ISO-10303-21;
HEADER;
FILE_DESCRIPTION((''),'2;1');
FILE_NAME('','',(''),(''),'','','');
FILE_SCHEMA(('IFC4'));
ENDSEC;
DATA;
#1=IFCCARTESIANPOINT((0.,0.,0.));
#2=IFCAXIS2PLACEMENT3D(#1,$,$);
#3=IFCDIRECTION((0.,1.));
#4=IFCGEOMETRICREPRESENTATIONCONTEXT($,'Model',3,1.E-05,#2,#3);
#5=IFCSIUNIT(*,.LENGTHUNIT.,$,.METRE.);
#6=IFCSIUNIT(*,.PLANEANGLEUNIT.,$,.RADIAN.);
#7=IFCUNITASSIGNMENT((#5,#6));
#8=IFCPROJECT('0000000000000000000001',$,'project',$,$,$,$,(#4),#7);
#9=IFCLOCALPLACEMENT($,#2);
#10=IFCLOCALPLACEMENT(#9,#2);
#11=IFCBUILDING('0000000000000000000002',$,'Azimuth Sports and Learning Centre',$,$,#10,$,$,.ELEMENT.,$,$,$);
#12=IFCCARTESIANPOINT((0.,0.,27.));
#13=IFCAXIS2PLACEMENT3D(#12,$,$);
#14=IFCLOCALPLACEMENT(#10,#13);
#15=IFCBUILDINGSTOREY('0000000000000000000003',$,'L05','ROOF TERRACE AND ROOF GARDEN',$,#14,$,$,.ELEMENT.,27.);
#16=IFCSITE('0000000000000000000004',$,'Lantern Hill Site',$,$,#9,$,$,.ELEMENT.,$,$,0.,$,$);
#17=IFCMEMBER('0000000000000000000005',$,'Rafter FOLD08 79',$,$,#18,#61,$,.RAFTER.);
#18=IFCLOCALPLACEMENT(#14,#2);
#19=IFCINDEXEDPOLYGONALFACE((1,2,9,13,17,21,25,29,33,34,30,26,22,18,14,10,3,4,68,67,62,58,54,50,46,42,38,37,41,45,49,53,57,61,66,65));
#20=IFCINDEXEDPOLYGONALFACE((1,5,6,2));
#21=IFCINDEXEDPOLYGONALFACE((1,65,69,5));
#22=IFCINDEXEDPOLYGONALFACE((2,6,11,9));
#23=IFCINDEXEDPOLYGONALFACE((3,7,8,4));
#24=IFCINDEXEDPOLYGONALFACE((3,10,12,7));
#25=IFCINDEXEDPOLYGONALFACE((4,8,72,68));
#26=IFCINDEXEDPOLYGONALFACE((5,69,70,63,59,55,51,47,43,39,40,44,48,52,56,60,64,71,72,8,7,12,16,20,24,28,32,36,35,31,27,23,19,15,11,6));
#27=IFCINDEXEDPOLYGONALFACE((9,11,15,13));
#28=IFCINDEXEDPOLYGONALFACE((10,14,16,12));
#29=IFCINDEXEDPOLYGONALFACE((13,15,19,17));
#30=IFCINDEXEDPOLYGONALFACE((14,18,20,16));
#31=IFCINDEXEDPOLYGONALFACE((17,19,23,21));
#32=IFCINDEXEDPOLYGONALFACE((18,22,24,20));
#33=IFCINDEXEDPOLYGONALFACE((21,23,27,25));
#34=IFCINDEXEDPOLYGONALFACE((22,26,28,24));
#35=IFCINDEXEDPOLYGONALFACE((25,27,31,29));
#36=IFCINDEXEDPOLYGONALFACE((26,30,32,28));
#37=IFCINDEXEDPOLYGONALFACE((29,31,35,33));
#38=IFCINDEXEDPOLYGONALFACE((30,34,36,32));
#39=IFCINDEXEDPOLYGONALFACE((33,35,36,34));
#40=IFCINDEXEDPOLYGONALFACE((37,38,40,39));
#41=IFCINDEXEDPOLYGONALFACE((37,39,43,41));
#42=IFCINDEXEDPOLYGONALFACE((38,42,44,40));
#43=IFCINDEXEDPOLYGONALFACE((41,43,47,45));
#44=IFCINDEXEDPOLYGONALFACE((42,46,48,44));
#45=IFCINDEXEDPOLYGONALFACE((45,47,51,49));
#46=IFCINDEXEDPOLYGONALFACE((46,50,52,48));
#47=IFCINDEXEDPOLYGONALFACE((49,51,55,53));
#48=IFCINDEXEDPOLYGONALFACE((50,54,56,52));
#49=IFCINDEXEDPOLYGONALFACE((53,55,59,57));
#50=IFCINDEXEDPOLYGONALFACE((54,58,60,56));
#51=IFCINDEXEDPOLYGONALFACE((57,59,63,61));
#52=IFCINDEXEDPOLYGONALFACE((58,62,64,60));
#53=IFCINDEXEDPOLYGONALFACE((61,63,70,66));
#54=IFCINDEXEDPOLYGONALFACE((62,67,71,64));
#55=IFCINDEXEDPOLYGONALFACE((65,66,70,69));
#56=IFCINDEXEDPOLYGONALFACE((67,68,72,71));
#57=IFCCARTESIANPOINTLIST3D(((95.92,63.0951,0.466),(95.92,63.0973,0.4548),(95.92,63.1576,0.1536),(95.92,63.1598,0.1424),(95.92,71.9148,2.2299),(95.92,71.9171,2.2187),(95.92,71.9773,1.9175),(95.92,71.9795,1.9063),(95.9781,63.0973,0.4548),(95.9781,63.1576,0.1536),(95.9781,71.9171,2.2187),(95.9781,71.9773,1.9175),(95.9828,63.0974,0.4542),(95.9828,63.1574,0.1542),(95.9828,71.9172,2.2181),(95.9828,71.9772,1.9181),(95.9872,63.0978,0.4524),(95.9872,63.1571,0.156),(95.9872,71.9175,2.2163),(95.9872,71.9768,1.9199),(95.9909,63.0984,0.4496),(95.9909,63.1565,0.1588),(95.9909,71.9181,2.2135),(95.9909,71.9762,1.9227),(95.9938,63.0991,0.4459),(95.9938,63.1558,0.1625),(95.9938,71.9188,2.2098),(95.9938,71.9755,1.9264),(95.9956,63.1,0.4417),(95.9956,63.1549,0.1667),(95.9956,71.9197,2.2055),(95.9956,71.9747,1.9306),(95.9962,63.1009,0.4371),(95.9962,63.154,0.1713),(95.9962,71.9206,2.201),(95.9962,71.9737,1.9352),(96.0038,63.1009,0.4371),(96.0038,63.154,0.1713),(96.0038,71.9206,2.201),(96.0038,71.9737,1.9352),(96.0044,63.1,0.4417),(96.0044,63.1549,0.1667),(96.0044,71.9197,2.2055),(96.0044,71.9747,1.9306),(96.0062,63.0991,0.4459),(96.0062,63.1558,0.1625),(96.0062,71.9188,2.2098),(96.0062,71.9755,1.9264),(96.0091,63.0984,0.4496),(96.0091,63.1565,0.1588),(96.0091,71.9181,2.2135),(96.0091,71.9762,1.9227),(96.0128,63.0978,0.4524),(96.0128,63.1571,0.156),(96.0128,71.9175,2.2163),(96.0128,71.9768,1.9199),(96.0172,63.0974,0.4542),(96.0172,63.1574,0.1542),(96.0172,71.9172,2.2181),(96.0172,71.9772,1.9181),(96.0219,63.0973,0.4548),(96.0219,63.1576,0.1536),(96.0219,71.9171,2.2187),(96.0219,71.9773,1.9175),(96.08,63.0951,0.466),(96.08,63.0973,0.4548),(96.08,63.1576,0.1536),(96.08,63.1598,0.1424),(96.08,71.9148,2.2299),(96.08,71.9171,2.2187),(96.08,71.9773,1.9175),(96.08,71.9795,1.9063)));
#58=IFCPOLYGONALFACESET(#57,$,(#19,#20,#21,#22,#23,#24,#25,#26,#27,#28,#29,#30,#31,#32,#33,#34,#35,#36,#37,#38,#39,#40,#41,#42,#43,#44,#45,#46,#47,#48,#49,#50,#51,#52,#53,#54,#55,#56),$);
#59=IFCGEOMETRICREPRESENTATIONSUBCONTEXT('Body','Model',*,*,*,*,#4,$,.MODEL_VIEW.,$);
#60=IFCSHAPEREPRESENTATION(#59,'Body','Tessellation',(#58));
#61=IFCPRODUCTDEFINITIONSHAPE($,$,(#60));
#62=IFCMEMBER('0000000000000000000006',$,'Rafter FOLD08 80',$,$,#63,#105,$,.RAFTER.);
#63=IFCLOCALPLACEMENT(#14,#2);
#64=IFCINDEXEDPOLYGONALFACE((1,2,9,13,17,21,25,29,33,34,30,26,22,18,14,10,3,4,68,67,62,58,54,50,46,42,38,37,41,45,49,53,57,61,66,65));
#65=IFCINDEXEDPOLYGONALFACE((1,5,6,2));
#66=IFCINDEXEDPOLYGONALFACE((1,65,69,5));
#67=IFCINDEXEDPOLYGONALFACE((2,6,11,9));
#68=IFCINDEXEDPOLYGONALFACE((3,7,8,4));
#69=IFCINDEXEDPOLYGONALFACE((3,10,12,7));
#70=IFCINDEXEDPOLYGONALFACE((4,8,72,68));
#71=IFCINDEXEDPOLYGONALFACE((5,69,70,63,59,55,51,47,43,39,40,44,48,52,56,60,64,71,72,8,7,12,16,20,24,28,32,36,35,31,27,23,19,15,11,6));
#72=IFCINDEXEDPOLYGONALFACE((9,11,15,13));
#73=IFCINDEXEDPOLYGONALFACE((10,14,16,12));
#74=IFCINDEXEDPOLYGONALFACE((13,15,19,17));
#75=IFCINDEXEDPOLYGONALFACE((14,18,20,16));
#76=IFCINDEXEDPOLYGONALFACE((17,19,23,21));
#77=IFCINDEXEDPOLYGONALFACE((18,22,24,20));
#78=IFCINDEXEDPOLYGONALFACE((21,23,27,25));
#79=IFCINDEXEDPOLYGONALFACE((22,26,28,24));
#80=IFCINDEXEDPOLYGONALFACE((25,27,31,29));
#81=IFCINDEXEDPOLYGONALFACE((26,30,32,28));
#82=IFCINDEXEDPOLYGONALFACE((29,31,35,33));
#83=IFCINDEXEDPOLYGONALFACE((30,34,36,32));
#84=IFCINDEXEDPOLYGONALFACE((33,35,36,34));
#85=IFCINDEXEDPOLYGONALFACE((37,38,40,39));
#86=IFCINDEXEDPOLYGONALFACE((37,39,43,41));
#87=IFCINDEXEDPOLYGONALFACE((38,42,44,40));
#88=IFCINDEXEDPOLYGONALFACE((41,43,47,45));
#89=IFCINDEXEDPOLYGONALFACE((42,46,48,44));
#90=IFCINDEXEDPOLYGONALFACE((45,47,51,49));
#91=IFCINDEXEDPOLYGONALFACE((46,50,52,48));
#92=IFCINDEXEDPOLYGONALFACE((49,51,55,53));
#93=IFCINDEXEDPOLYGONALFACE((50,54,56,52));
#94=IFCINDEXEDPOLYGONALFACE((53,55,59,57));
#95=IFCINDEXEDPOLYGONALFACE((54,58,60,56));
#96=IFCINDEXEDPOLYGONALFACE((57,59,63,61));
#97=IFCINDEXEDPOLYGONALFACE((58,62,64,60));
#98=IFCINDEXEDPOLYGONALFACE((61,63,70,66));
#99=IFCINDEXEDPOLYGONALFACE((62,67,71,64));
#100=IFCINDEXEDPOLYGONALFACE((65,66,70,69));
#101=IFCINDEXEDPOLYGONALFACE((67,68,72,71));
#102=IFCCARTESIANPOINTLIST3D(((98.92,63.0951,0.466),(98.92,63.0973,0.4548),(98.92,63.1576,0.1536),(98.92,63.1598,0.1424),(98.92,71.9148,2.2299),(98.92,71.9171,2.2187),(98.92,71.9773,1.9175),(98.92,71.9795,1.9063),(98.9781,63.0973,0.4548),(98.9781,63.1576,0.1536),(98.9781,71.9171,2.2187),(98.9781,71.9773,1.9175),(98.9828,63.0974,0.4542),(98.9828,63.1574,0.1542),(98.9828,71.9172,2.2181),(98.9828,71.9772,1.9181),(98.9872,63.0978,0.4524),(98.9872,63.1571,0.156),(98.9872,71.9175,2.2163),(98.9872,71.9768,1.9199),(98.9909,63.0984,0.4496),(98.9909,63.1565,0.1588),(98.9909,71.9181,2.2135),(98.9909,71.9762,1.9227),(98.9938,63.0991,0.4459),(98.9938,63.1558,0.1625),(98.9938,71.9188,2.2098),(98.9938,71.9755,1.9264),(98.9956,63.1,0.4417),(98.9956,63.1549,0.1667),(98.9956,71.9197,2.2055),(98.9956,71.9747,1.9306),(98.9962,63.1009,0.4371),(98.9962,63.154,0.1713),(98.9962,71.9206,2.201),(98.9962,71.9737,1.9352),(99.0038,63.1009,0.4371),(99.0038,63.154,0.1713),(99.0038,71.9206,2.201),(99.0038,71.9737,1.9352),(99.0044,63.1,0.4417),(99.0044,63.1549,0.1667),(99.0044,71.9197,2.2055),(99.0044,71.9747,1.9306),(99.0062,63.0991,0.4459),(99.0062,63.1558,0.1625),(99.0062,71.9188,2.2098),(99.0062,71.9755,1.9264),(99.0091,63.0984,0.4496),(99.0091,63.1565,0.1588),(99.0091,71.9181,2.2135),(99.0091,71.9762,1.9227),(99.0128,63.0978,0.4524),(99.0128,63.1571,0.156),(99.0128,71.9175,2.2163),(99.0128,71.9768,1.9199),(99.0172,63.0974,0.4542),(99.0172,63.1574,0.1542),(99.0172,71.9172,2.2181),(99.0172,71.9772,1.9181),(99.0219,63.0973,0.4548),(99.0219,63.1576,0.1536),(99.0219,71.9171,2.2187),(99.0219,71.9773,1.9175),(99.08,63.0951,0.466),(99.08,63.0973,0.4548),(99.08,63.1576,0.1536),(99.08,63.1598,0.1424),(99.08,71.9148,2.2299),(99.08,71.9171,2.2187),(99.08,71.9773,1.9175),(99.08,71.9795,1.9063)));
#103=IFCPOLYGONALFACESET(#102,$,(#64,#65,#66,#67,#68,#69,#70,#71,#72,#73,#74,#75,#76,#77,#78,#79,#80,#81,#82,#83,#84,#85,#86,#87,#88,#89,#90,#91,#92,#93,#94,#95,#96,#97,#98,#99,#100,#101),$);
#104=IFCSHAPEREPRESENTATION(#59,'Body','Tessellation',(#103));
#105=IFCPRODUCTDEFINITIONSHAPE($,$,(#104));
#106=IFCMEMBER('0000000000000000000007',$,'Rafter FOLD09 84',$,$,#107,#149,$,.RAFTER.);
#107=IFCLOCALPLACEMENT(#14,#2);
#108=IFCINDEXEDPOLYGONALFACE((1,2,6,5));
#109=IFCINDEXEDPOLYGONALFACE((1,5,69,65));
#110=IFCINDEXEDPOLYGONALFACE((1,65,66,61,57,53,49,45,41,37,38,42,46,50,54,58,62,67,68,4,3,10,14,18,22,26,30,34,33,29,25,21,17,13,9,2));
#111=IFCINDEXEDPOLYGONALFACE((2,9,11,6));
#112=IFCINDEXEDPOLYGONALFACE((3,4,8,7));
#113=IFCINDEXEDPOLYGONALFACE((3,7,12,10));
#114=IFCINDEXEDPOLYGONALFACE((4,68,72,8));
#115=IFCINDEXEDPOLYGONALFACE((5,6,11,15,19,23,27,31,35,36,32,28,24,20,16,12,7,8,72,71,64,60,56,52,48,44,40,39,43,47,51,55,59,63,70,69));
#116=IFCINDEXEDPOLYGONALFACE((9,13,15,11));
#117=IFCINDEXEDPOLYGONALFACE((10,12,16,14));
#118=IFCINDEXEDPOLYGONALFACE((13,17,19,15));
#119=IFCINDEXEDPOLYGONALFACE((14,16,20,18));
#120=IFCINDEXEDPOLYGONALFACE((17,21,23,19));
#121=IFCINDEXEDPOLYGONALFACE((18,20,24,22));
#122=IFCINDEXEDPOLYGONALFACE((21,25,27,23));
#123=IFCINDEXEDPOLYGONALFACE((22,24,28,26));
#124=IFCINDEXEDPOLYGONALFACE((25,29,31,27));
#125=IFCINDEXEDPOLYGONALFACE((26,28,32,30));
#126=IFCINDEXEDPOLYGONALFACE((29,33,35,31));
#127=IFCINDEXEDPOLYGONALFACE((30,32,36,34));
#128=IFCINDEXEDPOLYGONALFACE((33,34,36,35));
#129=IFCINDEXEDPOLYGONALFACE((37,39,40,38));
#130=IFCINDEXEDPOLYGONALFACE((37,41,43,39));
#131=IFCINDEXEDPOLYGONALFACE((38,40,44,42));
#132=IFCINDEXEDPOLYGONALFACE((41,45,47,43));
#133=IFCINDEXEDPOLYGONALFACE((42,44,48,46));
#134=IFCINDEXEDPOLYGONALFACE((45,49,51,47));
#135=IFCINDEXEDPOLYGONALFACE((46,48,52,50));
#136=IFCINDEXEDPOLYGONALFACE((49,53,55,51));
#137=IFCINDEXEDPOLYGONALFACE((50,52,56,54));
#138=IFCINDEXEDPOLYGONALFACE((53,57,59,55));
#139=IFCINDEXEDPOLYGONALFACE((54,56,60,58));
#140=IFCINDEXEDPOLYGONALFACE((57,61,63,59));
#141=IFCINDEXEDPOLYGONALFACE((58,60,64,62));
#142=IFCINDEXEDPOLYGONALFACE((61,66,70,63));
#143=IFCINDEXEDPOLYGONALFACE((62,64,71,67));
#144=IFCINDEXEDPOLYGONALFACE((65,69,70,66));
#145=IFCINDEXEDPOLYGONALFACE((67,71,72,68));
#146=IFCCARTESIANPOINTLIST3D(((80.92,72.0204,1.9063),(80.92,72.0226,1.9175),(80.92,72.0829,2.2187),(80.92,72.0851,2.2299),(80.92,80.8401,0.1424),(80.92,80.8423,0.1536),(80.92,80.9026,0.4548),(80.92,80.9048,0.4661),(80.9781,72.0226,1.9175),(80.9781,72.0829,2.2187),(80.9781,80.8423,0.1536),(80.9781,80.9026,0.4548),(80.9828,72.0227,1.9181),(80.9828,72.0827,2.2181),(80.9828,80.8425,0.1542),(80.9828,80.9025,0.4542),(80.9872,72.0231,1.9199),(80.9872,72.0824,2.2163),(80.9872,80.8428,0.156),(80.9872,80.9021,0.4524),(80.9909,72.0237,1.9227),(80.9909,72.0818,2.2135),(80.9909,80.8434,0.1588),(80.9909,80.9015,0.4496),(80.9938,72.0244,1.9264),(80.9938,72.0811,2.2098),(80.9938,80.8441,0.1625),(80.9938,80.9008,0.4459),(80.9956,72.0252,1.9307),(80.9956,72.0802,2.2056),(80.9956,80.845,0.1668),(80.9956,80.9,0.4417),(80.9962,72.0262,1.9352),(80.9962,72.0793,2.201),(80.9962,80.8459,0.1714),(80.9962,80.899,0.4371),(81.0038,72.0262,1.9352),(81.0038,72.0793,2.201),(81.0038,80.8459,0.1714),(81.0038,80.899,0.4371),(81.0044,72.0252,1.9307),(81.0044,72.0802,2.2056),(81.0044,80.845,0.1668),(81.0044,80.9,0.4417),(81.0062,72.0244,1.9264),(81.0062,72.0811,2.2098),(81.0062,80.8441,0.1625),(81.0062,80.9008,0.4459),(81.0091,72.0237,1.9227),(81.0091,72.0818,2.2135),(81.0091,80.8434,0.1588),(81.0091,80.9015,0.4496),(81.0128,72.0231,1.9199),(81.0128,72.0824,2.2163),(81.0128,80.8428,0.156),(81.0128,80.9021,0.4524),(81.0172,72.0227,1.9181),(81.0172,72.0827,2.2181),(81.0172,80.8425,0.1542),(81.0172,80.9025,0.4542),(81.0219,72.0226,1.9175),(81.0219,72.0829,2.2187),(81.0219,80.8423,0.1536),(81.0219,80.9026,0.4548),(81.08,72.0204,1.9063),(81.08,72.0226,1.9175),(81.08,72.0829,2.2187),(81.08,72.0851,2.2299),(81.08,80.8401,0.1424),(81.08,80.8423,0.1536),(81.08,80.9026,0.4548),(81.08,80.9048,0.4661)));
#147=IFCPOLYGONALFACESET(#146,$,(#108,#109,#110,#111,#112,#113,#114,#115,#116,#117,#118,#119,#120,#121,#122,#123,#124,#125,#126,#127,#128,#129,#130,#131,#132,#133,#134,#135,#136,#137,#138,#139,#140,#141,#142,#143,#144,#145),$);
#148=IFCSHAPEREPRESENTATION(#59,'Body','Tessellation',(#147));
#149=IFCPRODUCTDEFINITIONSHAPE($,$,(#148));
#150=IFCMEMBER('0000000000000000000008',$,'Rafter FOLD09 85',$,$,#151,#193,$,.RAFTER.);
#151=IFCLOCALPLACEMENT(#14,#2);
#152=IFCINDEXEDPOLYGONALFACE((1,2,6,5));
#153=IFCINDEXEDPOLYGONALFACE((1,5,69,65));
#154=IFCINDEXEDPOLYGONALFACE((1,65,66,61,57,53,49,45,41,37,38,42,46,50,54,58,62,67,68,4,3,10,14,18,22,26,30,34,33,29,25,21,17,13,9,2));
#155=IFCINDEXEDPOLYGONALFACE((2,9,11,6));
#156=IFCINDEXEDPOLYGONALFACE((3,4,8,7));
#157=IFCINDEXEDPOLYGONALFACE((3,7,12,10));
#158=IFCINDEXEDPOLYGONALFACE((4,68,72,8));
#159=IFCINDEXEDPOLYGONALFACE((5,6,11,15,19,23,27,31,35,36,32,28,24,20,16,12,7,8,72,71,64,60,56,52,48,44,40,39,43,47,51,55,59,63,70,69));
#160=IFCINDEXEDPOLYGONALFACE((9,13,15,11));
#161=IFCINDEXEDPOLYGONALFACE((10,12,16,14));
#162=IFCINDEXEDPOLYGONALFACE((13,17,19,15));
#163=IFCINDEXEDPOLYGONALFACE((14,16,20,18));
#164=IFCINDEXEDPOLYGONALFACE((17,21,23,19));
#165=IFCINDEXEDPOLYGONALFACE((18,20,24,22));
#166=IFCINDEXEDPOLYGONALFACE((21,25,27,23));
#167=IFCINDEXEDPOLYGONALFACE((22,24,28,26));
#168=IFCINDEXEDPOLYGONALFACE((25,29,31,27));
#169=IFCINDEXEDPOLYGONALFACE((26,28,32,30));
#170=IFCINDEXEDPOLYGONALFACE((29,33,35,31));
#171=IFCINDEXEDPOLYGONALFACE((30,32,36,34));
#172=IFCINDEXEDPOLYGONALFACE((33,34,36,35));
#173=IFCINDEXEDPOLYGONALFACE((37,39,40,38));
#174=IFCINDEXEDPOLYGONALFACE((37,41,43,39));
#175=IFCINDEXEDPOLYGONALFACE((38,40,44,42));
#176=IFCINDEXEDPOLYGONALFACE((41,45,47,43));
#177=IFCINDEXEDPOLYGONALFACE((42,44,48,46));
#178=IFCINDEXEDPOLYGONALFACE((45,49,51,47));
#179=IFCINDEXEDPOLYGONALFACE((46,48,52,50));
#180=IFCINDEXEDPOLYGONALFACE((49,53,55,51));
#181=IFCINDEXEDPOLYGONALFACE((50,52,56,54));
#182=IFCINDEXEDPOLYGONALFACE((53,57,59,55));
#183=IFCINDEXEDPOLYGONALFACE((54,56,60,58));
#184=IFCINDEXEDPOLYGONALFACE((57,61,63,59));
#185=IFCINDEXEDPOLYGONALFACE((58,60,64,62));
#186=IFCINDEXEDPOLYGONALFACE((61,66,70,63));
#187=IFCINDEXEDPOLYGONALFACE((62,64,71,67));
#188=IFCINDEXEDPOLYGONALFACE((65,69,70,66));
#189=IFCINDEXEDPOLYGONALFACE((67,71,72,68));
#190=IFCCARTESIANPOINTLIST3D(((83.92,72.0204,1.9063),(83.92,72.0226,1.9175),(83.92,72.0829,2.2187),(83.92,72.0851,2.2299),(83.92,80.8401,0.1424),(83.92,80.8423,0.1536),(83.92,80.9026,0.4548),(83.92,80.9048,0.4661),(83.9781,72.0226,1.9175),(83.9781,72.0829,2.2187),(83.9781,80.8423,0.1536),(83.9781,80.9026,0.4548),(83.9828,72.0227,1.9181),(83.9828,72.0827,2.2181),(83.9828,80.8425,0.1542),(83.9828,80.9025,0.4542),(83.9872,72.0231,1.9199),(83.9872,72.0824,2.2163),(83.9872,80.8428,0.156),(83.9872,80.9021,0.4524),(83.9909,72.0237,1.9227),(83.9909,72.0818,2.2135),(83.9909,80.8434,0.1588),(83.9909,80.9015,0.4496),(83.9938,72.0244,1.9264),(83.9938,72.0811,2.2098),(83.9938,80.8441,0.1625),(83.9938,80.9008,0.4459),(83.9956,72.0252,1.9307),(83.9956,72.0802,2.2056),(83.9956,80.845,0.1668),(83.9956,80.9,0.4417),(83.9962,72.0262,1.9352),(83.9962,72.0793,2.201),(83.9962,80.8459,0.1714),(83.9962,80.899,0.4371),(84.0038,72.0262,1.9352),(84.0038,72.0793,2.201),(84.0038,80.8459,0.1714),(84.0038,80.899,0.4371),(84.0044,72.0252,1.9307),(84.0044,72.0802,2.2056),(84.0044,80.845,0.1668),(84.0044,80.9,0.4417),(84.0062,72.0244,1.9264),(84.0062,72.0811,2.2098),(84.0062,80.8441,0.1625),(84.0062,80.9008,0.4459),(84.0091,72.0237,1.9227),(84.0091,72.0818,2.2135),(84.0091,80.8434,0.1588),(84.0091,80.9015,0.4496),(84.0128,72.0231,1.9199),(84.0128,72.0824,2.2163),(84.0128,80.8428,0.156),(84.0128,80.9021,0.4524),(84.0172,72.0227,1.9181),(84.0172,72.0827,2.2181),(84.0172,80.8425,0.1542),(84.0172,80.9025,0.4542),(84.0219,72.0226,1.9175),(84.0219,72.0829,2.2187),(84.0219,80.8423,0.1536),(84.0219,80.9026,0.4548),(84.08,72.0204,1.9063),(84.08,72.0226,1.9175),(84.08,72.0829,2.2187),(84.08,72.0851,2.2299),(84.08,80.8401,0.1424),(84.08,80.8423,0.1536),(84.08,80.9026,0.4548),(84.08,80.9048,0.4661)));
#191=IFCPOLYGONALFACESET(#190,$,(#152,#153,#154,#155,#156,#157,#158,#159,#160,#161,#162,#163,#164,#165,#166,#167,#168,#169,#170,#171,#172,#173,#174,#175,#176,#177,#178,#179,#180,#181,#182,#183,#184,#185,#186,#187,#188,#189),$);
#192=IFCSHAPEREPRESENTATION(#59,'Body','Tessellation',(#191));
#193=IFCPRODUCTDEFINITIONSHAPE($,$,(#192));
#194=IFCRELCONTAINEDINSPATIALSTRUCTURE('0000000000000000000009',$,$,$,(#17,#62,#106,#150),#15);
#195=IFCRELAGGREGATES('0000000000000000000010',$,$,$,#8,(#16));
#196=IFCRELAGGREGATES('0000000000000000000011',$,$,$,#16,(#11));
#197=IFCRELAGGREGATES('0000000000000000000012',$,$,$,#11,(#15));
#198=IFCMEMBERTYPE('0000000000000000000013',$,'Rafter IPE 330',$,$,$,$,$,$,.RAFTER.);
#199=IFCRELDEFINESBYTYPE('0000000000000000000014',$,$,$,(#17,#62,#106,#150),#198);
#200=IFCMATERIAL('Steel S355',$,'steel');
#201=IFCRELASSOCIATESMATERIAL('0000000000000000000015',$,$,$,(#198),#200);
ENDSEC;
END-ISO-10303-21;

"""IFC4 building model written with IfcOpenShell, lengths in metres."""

from ifc_helpers import new_model, si_unit, direction, frame, origin, origin_2d, place, context, subcontext, project, spatial, i_section, extrude, material, material_profile, profile_set, type_object, element, save


model = new_model("IFC4")

# Units and contexts
model_context = context("Model", 3, precision=1e-05, world=origin(), true_north=direction((0.0, 1.0)))
body_context = subcontext(model_context, "Body", "Model", "MODEL_VIEW")
ifc_project = project(units=[si_unit("LENGTHUNIT", "METRE"), si_unit("PLANEANGLEUNIT", "RADIAN")], contexts=[model_context])

# Site, building, storey
site_placement = place(None, origin())
site = spatial("IfcSite", under=ifc_project, at=site_placement, Name="Lantern Hill Site", CompositionType="ELEMENT", RefElevation=0.0)
building_placement = place(site_placement, origin())
building = spatial("IfcBuilding", under=site, at=building_placement, Name="Azimuth Sports and Learning Centre", CompositionType="ELEMENT")
storey_placement = place(building_placement, frame((0.0, 0.0, 27.0)))
storey = spatial("IfcBuildingStorey", under=building, at=storey_placement, Name="L05", Description="ROOF TERRACE AND ROOF GARDEN", CompositionType="ELEMENT", Elevation=27.0)

# Members
ifc_material_1 = material(Name="Steel S355", Category="steel")
ifc_material_profile_1 = material_profile(ifc_material_1, i_section(OverallWidth=0.1599, OverallDepth=0.3301, WebThickness=0.0076, FlangeThickness=0.0115, FilletRadius=0.0181, at=origin_2d()), Name="IPE 330")
ifc_profile_set_1 = profile_set([ifc_material_profile_1], Name="Steel S355")
member_type_1 = type_object("IfcMemberType", Name="Rafter IPE 330", PredefinedType="RAFTER", material=ifc_profile_set_1)
for number, where, z_axis, x_axis, name in (
    (1, (96.0, 63.1274, 0.3042), (0.0, 0.980582, 0.196111), (-1.0, 0.0, 0.0), "Rafter FOLD08 79"),
    (2, (99.0, 63.1274, 0.3042), (0.0, 0.980582, 0.196111), (-1.0, 0.0, 0.0), "Rafter FOLD08 80"),
    (3, (81.0, 72.0527, 2.0681), (0.0, 0.980582, -0.196111), (-1.0, 0.0, 0.0), "Rafter FOLD09 84"),
    (4, (84.0, 72.0527, 2.0681), (0.0, 0.980582, -0.196111), (-1.0, 0.0, 0.0), "Rafter FOLD09 85"),
):
    element("IfcMember", number, at=place(storey_placement, frame(where, z_axis=z_axis, x_axis=x_axis)), inside=storey, type_object=member_type_1, Name=name, PredefinedType="RAFTER", context=body_context, shape_type="SweptSolid", body=[
        extrude(i_section(OverallWidth=0.1599, OverallDepth=0.3301, WebThickness=0.0076, FlangeThickness=0.0115, FilletRadius=0.0181, at=origin_2d()), origin(), (0.0, 0.0, 1.0), 8.9944),
    ])

save(model, "model.ifc")
